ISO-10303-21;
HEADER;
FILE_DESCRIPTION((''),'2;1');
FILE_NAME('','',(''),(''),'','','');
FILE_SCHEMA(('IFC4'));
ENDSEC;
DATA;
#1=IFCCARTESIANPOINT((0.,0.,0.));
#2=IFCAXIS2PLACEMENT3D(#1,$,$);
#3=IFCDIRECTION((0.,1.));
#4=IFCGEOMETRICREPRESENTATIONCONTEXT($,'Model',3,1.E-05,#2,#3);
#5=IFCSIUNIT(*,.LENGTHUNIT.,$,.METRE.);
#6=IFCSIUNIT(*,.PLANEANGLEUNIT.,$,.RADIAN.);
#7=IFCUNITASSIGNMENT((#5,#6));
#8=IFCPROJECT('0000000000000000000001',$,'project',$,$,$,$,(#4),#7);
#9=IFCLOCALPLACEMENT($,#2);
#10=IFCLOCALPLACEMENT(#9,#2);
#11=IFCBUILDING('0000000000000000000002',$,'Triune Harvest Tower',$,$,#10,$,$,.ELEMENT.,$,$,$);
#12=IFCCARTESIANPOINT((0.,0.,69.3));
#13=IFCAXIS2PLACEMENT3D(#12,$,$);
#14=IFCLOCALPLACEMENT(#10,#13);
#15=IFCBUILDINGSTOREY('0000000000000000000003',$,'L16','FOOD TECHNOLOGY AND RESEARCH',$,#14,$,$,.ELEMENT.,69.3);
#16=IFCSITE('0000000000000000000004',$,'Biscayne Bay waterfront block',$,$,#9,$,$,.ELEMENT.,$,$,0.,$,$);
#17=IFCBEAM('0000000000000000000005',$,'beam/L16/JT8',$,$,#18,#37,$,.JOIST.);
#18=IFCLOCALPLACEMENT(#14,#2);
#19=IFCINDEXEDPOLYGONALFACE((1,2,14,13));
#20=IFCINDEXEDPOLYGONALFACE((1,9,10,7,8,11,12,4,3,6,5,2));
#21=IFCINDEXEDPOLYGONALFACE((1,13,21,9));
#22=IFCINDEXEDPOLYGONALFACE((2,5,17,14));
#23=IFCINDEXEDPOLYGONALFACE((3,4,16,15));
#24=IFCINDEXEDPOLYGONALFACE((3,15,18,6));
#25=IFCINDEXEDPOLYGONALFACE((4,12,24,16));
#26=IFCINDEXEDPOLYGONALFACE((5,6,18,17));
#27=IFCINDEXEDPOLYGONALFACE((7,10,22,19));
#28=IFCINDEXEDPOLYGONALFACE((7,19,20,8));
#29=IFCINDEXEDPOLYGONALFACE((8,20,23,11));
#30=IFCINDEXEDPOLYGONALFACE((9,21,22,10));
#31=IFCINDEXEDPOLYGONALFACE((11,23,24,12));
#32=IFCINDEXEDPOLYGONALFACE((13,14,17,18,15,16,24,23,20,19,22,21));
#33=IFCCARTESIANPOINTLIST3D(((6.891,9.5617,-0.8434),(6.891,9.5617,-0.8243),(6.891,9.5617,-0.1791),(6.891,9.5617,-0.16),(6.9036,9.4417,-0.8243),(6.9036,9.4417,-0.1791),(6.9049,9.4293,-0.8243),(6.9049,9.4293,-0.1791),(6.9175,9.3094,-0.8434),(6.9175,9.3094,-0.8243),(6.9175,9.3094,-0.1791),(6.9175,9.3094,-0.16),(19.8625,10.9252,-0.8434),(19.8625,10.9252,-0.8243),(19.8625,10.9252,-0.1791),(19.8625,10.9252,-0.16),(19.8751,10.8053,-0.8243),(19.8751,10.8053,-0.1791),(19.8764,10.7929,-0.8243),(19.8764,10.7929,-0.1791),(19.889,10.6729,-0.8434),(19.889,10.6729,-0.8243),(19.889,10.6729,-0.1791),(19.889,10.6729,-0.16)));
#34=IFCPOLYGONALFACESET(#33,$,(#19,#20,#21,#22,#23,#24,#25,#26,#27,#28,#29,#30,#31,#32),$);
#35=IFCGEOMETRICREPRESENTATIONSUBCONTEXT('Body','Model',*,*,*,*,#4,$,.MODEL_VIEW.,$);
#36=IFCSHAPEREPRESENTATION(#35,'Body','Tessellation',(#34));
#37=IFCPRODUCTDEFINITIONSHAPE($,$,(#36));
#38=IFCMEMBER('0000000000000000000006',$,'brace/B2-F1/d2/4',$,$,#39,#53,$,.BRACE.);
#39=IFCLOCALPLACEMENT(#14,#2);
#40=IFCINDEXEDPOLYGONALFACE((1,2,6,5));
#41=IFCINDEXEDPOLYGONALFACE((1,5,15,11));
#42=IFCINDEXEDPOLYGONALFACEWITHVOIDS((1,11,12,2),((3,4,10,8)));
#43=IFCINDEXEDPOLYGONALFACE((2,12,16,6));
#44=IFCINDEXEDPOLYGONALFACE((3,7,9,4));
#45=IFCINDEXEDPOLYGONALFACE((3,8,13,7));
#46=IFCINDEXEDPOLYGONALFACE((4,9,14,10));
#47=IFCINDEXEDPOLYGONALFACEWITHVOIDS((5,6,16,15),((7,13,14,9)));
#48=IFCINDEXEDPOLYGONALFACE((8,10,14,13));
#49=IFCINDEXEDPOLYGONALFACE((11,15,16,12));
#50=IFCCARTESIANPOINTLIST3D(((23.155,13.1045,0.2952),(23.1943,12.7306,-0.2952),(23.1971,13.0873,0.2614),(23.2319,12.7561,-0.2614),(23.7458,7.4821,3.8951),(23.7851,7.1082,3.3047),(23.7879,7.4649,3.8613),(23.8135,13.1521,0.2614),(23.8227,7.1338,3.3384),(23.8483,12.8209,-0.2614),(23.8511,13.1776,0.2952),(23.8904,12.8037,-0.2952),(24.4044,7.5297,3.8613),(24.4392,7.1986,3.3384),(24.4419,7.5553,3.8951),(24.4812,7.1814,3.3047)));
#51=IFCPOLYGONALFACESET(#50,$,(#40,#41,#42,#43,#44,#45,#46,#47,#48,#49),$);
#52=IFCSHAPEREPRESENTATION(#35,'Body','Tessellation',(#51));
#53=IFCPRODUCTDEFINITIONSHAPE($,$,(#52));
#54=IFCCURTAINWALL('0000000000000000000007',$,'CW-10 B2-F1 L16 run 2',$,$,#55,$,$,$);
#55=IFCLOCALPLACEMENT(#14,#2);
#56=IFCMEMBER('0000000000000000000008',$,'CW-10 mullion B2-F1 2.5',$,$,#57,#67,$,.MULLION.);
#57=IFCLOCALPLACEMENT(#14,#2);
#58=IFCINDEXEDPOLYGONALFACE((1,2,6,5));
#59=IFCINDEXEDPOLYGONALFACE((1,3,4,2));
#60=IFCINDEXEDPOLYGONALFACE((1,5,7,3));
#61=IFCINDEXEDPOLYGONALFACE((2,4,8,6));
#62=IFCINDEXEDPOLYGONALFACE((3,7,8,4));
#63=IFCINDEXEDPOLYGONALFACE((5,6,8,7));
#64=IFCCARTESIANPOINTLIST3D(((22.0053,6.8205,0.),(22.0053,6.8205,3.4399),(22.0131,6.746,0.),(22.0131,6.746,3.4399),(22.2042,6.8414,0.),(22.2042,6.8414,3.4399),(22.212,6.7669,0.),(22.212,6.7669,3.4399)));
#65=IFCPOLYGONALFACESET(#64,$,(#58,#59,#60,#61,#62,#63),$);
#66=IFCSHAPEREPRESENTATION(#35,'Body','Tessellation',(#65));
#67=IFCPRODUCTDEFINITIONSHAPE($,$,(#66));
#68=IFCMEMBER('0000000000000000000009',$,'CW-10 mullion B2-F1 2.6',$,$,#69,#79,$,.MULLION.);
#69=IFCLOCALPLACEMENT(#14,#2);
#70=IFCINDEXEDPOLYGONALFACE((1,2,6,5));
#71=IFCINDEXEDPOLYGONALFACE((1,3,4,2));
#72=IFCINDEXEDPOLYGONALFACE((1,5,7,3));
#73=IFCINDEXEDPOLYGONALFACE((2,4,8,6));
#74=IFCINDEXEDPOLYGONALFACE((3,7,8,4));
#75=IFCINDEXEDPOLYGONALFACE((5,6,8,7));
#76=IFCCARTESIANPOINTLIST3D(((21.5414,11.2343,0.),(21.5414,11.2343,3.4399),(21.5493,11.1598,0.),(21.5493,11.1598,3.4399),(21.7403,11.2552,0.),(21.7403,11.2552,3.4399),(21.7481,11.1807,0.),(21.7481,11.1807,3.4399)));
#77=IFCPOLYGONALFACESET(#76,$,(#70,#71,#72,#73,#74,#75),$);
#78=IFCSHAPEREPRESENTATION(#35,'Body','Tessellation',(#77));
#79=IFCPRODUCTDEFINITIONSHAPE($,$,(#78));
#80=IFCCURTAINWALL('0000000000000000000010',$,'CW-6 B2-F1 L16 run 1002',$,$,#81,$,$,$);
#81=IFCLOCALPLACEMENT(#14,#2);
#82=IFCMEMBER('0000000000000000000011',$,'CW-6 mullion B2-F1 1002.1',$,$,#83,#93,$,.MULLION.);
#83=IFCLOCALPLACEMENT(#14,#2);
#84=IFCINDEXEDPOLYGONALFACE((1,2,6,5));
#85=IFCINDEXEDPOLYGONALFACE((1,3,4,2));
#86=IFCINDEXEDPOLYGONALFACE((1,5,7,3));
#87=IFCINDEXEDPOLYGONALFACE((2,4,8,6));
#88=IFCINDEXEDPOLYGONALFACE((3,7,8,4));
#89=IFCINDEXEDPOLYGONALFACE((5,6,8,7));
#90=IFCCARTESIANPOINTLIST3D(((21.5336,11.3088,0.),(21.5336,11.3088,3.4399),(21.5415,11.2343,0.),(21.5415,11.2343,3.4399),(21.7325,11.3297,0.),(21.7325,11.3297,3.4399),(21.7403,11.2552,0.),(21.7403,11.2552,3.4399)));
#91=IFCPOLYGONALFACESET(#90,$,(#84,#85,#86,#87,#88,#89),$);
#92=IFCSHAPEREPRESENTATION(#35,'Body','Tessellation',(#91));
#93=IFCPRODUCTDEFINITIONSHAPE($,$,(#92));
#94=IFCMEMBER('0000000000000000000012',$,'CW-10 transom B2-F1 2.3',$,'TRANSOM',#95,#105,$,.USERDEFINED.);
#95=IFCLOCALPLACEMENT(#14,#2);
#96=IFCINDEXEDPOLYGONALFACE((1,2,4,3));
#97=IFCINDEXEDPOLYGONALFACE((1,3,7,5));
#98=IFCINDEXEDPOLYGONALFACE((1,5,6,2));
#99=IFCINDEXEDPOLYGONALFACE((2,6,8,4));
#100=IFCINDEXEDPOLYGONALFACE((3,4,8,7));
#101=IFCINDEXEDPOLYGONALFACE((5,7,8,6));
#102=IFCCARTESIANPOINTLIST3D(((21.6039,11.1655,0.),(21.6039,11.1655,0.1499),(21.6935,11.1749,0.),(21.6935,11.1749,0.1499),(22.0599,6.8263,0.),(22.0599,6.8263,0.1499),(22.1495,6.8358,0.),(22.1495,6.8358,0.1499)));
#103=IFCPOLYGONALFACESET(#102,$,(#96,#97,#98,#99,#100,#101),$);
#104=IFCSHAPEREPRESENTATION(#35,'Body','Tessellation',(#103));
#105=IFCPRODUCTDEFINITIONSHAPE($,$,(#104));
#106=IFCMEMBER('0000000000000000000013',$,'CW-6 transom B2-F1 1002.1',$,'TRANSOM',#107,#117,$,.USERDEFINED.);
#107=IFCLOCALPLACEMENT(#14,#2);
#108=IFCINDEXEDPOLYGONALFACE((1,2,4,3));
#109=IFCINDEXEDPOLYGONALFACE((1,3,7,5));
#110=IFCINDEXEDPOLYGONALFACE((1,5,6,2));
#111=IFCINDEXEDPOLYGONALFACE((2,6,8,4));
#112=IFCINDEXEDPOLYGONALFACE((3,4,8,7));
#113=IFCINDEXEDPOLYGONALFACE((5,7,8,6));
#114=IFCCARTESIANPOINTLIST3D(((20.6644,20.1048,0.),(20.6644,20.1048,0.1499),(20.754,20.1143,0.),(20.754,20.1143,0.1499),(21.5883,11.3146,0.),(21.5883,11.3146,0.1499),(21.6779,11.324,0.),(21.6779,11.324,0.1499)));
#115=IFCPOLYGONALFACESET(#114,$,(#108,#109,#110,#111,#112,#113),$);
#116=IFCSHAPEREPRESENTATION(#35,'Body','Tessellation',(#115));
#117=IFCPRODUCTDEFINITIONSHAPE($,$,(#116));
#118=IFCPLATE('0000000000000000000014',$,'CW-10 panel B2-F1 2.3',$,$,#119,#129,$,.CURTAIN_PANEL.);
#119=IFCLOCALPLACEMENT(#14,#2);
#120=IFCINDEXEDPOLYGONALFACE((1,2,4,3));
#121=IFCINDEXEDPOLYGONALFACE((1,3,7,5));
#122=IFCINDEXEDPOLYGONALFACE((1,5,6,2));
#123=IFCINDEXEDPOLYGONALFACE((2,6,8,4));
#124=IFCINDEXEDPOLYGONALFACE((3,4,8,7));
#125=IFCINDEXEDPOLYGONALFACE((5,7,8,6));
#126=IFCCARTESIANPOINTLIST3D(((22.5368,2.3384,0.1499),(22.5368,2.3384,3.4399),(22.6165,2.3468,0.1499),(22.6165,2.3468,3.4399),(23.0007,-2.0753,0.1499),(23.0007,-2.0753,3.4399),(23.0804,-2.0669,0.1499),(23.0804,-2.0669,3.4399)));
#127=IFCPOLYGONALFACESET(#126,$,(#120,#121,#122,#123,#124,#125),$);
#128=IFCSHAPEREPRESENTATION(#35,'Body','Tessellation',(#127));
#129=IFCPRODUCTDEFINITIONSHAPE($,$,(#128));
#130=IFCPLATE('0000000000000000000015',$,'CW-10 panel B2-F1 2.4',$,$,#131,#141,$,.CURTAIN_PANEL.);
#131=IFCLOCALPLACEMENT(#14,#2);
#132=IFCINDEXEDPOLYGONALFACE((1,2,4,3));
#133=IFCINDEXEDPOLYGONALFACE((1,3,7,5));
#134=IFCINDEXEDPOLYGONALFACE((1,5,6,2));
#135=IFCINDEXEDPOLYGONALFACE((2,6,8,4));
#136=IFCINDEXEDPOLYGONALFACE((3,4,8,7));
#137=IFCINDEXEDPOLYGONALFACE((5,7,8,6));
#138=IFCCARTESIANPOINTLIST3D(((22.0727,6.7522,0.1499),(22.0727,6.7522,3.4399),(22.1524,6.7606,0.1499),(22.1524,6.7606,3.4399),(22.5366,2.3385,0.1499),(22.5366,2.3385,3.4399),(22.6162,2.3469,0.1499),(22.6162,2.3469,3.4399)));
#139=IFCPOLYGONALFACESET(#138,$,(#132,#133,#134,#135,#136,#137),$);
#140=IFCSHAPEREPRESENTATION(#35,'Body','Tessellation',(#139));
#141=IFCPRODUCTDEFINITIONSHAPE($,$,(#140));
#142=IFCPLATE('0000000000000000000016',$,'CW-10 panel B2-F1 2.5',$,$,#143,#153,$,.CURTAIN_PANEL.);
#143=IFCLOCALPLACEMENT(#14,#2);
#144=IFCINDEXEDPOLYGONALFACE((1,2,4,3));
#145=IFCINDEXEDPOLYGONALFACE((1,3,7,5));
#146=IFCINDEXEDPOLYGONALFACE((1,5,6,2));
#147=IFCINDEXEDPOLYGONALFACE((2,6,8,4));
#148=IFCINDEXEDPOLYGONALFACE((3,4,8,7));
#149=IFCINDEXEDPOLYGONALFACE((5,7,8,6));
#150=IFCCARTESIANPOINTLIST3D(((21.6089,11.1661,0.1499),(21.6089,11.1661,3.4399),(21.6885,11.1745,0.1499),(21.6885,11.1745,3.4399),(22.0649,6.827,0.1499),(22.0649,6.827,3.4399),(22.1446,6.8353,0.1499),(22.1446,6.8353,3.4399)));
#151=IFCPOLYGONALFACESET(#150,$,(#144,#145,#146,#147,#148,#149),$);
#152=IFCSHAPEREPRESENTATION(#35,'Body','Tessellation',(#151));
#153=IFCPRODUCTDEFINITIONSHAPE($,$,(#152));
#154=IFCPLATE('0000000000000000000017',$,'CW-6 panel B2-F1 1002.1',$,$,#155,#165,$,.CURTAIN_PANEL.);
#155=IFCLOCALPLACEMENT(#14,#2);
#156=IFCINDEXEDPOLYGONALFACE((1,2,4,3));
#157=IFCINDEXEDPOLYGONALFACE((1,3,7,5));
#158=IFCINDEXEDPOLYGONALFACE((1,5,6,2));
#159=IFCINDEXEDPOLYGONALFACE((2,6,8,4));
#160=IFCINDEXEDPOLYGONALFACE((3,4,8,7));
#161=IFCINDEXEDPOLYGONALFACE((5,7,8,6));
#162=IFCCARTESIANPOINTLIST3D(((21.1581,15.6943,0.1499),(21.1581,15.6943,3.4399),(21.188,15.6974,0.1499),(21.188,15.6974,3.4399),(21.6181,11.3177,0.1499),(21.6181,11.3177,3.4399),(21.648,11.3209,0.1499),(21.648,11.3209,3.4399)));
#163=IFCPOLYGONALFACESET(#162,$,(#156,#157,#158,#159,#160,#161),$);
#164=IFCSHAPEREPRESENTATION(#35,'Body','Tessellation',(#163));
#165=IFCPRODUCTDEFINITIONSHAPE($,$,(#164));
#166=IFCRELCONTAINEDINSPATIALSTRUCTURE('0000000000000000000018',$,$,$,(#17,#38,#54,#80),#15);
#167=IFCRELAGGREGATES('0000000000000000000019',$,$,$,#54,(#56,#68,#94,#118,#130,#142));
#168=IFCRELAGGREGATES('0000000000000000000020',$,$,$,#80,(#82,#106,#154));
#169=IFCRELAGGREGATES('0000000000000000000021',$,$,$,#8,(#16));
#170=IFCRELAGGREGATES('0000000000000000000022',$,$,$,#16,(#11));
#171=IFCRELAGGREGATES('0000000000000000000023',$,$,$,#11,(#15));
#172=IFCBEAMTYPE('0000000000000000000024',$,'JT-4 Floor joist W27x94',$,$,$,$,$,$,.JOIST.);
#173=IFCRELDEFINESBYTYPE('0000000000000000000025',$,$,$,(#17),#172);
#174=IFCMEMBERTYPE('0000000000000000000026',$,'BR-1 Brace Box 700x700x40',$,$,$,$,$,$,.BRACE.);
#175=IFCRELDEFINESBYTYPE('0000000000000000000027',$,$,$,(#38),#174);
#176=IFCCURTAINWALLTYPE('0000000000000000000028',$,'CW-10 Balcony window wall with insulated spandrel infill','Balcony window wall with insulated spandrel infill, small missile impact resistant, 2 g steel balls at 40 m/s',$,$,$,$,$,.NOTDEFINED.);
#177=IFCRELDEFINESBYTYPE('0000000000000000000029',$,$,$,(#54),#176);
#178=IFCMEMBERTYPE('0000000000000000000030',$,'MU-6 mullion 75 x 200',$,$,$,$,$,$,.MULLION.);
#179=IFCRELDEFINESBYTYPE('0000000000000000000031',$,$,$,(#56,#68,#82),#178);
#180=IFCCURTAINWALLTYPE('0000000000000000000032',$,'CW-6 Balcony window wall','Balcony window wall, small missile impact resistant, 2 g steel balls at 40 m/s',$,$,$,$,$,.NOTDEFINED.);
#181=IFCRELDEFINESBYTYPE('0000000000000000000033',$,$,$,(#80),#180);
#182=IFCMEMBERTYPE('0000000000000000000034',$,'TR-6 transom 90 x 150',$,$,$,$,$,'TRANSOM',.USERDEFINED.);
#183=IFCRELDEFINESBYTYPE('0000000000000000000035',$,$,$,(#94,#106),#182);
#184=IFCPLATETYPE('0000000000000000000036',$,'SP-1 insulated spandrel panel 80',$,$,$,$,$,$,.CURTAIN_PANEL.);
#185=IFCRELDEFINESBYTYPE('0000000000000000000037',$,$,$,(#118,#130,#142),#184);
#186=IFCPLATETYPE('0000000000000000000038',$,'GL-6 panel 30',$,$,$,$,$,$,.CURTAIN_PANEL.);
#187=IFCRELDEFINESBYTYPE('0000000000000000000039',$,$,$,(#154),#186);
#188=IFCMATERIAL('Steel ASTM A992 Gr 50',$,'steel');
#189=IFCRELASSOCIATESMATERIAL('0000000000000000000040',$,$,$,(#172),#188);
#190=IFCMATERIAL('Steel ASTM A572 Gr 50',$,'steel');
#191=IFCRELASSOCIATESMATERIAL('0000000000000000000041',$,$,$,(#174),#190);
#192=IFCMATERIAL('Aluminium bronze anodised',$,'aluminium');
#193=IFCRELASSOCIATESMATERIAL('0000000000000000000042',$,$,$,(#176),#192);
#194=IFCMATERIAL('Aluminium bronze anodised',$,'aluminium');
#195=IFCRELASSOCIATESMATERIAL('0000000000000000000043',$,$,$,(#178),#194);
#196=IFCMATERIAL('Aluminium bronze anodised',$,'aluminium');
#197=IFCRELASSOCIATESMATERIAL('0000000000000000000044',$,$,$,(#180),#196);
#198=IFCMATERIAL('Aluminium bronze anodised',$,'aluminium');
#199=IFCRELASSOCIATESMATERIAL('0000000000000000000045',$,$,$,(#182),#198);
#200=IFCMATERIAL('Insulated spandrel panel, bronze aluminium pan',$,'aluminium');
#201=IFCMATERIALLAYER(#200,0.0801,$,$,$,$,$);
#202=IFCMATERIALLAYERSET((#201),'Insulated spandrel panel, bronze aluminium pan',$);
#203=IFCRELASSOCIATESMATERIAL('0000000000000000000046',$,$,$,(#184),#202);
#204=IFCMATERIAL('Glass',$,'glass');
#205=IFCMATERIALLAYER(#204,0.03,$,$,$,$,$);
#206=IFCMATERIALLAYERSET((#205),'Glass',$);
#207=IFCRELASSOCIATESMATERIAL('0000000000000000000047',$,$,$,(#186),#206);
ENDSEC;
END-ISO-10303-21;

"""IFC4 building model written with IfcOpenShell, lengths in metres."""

from ifc_helpers import new_model, si_unit, direction, frame, origin, origin_2d, place, context, subcontext, project, spatial, rectangle, hollow_rectangle, i_section, extrude, source, transform, mapped, material, layer, layer_set, material_profile, profile_set, type_object, element, aggregate, save


model = new_model("IFC4")

# Units and contexts
model_context = context("Model", 3, precision=1e-05, world=origin(), true_north=direction((0.0, 1.0)))
body_context = subcontext(model_context, "Body", "Model", "MODEL_VIEW")
ifc_project = project(units=[si_unit("LENGTHUNIT", "METRE"), si_unit("PLANEANGLEUNIT", "RADIAN")], contexts=[model_context])

# Site, building, storey
site_placement = place(None, origin())
site = spatial("IfcSite", under=ifc_project, at=site_placement, Name="Biscayne Bay waterfront block", CompositionType="ELEMENT", RefElevation=0.0)
building_placement = place(site_placement, origin())
building = spatial("IfcBuilding", under=site, at=building_placement, Name="Triune Harvest Tower", CompositionType="ELEMENT")
storey_placement = place(building_placement, frame((0.0, 0.0, 69.3)))
storey = spatial("IfcBuildingStorey", under=building, at=storey_placement, Name="L16", Description="FOOD TECHNOLOGY AND RESEARCH", CompositionType="ELEMENT", Elevation=69.3)

# Beam
ifc_material_1 = material(Name="Steel ASTM A992 Gr 50", Category="steel")
ifc_material_profile_1 = material_profile(ifc_material_1, i_section(OverallWidth=0.2537, OverallDepth=0.6833, WebThickness=0.0125, FlangeThickness=0.019, at=origin_2d()), Name="W27x94")
ifc_profile_set_1 = profile_set([ifc_material_profile_1], Name="Steel ASTM A992 Gr 50")
beam_type_1 = type_object("IfcBeamType", Name="JT-4 Floor joist W27x94", PredefinedType="JOIST", material=ifc_profile_set_1)
shared_shape_1 = source(origin(), body_context, "Body", "SweptSolid", [
    extrude(i_section(OverallWidth=0.2537, OverallDepth=0.6833, WebThickness=0.0125, FlangeThickness=0.019, at=origin_2d()), origin(), (0.0, 0.0, 1.0), 13.043),
])
beam_1_placement = place(storey_placement, frame((19.8757, 10.7991, -0.5017), z_axis=(-0.994521, -0.104542, 0.0), x_axis=(0.104542, -0.994521, 0.0)))
element("IfcBeam", 1, at=beam_1_placement, inside=storey, type_object=beam_type_1, Name="beam/L16/JT8", PredefinedType="JOIST", context=body_context, shape_type="MappedRepresentation", body=[
    mapped(shared_shape_1, transform((0.0, 0.0, 0.0), scale=1.0)),
])

# Member
ifc_material_2 = material(Name="Steel ASTM A572 Gr 50", Category="steel")
ifc_material_profile_2 = material_profile(ifc_material_2, hollow_rectangle(XDim=0.7, YDim=0.7, WallThickness=0.04, at=origin_2d()), Name="Box 700x700x40")
ifc_profile_set_2 = profile_set([ifc_material_profile_2], Name="Steel ASTM A572 Gr 50")
member_type_1 = type_object("IfcMemberType", Name="BR-1 Brace Box 700x700x40", PredefinedType="BRACE", material=ifc_profile_set_2)
shared_shape_2 = source(origin(), body_context, "Body", "SweptSolid", [
    extrude(hollow_rectangle(XDim=0.7, YDim=0.7, WallThickness=0.04, at=origin_2d()), origin(), (0.0, 0.0, 1.0), 6.7021),
])
member_1_placement = place(storey_placement, frame((23.5227, 12.9541, 0.0), z_axis=(0.088154, -0.838886, 0.537121), x_axis=(0.994524, 0.104509, 0.0)))
element("IfcMember", 2, at=member_1_placement, inside=storey, type_object=member_type_1, Name="brace/B2-F1/d2/4", PredefinedType="BRACE", context=body_context, shape_type="MappedRepresentation", body=[
    mapped(shared_shape_2, transform((0.0, 0.0, 0.0), scale=1.0)),
])

# Curtain wall, members
ifc_material_3 = material(Name="Aluminium bronze anodised", Category="aluminium")
curtain_wall_type_1 = type_object("IfcCurtainWallType", Name="CW-10 Balcony window wall with insulated spandrel infill", Description="Balcony window wall with insulated spandrel infill, small missile impact resistant, 2 g steel balls at 40 m/s", PredefinedType="NOTDEFINED", material=ifc_material_3)
curtain_wall_1_placement = place(storey_placement, origin())
curtain_wall_1 = element("IfcCurtainWall", 3, at=curtain_wall_1_placement, inside=storey, type_object=curtain_wall_type_1, Name="CW-10 B2-F1 L16 run 2")
ifc_material_4 = material(Name="Aluminium bronze anodised", Category="aluminium")
ifc_material_profile_3 = material_profile(ifc_material_4, rectangle(XDim=0.2, YDim=0.075, at=origin_2d()), Name="MU-6 mullion 75 x 200")
ifc_profile_set_3 = profile_set([ifc_material_profile_3], Name="Aluminium bronze anodised")
member_type_2 = type_object("IfcMemberType", Name="MU-6 mullion 75 x 200", PredefinedType="MULLION", material=ifc_profile_set_3)
shared_shape_3 = source(origin(), body_context, "Body", "SweptSolid", [
    extrude(rectangle(XDim=0.2, YDim=0.075, at=origin_2d()), origin(), (0.0, 0.0, 1.0), 3.4399),
])
member_2_placement = place(storey_placement, frame((22.1086, 6.7937, 0.0), z_axis=(0.0, 0.0, 1.0), x_axis=(-0.994522, -0.104527, 0.0)))
member_2 = element("IfcMember", 4, at=member_2_placement, type_object=member_type_2, Name="CW-10 mullion B2-F1 2.5", PredefinedType="MULLION", context=body_context, shape_type="MappedRepresentation", body=[
    mapped(shared_shape_3, transform((0.0, 0.0, 0.0), scale=1.0)),
])
member_3_placement = place(storey_placement, frame((21.6448, 11.2075, 0.0), z_axis=(0.0, 0.0, 1.0), x_axis=(-0.994522, -0.104527, 0.0)))
member_3 = element("IfcMember", 5, at=member_3_placement, type_object=member_type_2, Name="CW-10 mullion B2-F1 2.6", PredefinedType="MULLION", context=body_context, shape_type="MappedRepresentation", body=[
    mapped(shared_shape_3, transform((0.0, 0.0, 0.0), scale=1.0)),
])

# Curtain wall, member
ifc_material_5 = material(Name="Aluminium bronze anodised", Category="aluminium")
curtain_wall_type_2 = type_object("IfcCurtainWallType", Name="CW-6 Balcony window wall", Description="Balcony window wall, small missile impact resistant, 2 g steel balls at 40 m/s", PredefinedType="NOTDEFINED", material=ifc_material_5)
curtain_wall_2_placement = place(storey_placement, origin())
curtain_wall_2 = element("IfcCurtainWall", 6, at=curtain_wall_2_placement, inside=storey, type_object=curtain_wall_type_2, Name="CW-6 B2-F1 L16 run 1002")
member_4_placement = place(storey_placement, frame((21.637, 11.282, 0.0), z_axis=(0.0, 0.0, 1.0), x_axis=(-0.994522, -0.104528, 0.0)))
member_4 = element("IfcMember", 7, at=member_4_placement, type_object=member_type_2, Name="CW-6 mullion B2-F1 1002.1", PredefinedType="MULLION", context=body_context, shape_type="MappedRepresentation", body=[
    mapped(shared_shape_3, transform((0.0, 0.0, 0.0), scale=1.0)),
])

# Members
ifc_material_6 = material(Name="Aluminium bronze anodised", Category="aluminium")
ifc_material_profile_4 = material_profile(ifc_material_6, rectangle(XDim=0.0901, YDim=0.1499, at=origin_2d()), Name="TR-6 transom 90 x 150")
ifc_profile_set_4 = profile_set([ifc_material_profile_4], Name="Aluminium bronze anodised")
member_type_3 = type_object("IfcMemberType", Name="TR-6 transom 90 x 150", ElementType="TRANSOM", PredefinedType="USERDEFINED", material=ifc_profile_set_4)
shared_shape_4 = source(origin(), body_context, "Body", "SweptSolid", [
    extrude(rectangle(XDim=0.0901, YDim=0.1499, at=origin_2d()), origin(), (0.0, 0.0, 1.0), 4.363),
])
member_5_placement = place(storey_placement, frame((22.1047, 6.8311, 0.075), z_axis=(-0.104527, 0.994522, 0.0), x_axis=(-0.994522, -0.104527, 0.0)))
member_5 = element("IfcMember", 8, at=member_5_placement, type_object=member_type_3, Name="CW-10 transom B2-F1 2.3", ObjectType="TRANSOM", PredefinedType="USERDEFINED", context=body_context, shape_type="MappedRepresentation", body=[
    mapped(shared_shape_4, transform((0.0, 0.0, 0.0), scale=1.0)),
])
shared_shape_5 = source(origin(), body_context, "Body", "SweptSolid", [
    extrude(rectangle(XDim=0.0901, YDim=0.1499, at=origin_2d()), origin(), (0.0, 0.0, 1.0), 8.8386),
])
member_6_placement = place(storey_placement, frame((21.6331, 11.3193, 0.075), z_axis=(-0.104521, 0.994523, 0.0), x_axis=(-0.994523, -0.104521, 0.0)))
member_6 = element("IfcMember", 9, at=member_6_placement, type_object=member_type_3, Name="CW-6 transom B2-F1 1002.1", ObjectType="TRANSOM", PredefinedType="USERDEFINED", context=body_context, shape_type="MappedRepresentation", body=[
    mapped(shared_shape_5, transform((0.0, 0.0, 0.0), scale=1.0)),
])

# Plates
ifc_material_7 = material(Name="Insulated spandrel panel, bronze aluminium pan", Category="aluminium")
ifc_layer_1 = layer(ifc_material_7, 0.0801)
ifc_layer_set_1 = layer_set([ifc_layer_1], Name="Insulated spandrel panel, bronze aluminium pan")
plate_type_1 = type_object("IfcPlateType", Name="SP-1 insulated spandrel panel 80", PredefinedType="CURTAIN_PANEL", material=ifc_layer_set_1)
shared_shape_6 = source(origin(), body_context, "Body", "SweptSolid", [
    extrude(rectangle(XDim=4.438, YDim=0.0801, at=origin_2d()), origin(), (0.0, 0.0, 1.0), 3.29),
])
plate_1_placement = place(storey_placement, frame((22.8086, 0.1357, 0.1499), z_axis=(0.0, 0.0, 1.0), x_axis=(-0.104527, 0.994522, 0.0)))
plate_1 = element("IfcPlate", 10, at=plate_1_placement, type_object=plate_type_1, Name="CW-10 panel B2-F1 2.3", PredefinedType="CURTAIN_PANEL", context=body_context, shape_type="MappedRepresentation", body=[
    mapped(shared_shape_6, transform((0.0, 0.0, 0.0), scale=1.0)),
])
plate_2_placement = place(storey_placement, frame((22.3445, 4.5496, 0.1499), z_axis=(0.0, 0.0, 1.0), x_axis=(-0.104527, 0.994522, 0.0)))
plate_2 = element("IfcPlate", 11, at=plate_2_placement, type_object=plate_type_1, Name="CW-10 panel B2-F1 2.4", PredefinedType="CURTAIN_PANEL", context=body_context, shape_type="MappedRepresentation", body=[
    mapped(shared_shape_6, transform((0.0, 0.0, 0.0), scale=1.0)),
])
shared_shape_7 = source(origin(), body_context, "Body", "SweptSolid", [
    extrude(rectangle(XDim=4.363, YDim=0.0801, at=origin_2d()), origin(), (0.0, 0.0, 1.0), 3.29),
])
plate_3_placement = place(storey_placement, frame((21.8767, 9.0007, 0.1499), z_axis=(0.0, 0.0, 1.0), x_axis=(-0.104527, 0.994522, 0.0)))
plate_3 = element("IfcPlate", 12, at=plate_3_placement, type_object=plate_type_1, Name="CW-10 panel B2-F1 2.5", PredefinedType="CURTAIN_PANEL", context=body_context, shape_type="MappedRepresentation", body=[
    mapped(shared_shape_7, transform((0.0, 0.0, 0.0), scale=1.0)),
])
aggregate(curtain_wall_1, [member_2, member_3, member_5, plate_1, plate_2, plate_3])
ifc_material_8 = material(Name="Glass", Category="glass")
ifc_layer_2 = layer(ifc_material_8, 0.03)
ifc_layer_set_2 = layer_set([ifc_layer_2], Name="Glass")
plate_type_2 = type_object("IfcPlateType", Name="GL-6 panel 30", PredefinedType="CURTAIN_PANEL", material=ifc_layer_set_2)
shared_shape_8 = source(origin(), body_context, "Body", "SweptSolid", [
    extrude(rectangle(XDim=4.4006, YDim=0.03, at=origin_2d()), origin(), (0.0, 0.0, 1.0), 3.29),
])
plate_4_placement = place(storey_placement, frame((21.4031, 13.5076, 0.1499), z_axis=(0.0, 0.0, 1.0), x_axis=(-0.104528, 0.994522, 0.0)))
plate_4 = element("IfcPlate", 13, at=plate_4_placement, type_object=plate_type_2, Name="CW-6 panel B2-F1 1002.1", PredefinedType="CURTAIN_PANEL", context=body_context, shape_type="MappedRepresentation", body=[
    mapped(shared_shape_8, transform((0.0, 0.0, 0.0), scale=1.0)),
])
aggregate(curtain_wall_2, [member_4, member_6, plate_4])

save(model, "model.ifc")
